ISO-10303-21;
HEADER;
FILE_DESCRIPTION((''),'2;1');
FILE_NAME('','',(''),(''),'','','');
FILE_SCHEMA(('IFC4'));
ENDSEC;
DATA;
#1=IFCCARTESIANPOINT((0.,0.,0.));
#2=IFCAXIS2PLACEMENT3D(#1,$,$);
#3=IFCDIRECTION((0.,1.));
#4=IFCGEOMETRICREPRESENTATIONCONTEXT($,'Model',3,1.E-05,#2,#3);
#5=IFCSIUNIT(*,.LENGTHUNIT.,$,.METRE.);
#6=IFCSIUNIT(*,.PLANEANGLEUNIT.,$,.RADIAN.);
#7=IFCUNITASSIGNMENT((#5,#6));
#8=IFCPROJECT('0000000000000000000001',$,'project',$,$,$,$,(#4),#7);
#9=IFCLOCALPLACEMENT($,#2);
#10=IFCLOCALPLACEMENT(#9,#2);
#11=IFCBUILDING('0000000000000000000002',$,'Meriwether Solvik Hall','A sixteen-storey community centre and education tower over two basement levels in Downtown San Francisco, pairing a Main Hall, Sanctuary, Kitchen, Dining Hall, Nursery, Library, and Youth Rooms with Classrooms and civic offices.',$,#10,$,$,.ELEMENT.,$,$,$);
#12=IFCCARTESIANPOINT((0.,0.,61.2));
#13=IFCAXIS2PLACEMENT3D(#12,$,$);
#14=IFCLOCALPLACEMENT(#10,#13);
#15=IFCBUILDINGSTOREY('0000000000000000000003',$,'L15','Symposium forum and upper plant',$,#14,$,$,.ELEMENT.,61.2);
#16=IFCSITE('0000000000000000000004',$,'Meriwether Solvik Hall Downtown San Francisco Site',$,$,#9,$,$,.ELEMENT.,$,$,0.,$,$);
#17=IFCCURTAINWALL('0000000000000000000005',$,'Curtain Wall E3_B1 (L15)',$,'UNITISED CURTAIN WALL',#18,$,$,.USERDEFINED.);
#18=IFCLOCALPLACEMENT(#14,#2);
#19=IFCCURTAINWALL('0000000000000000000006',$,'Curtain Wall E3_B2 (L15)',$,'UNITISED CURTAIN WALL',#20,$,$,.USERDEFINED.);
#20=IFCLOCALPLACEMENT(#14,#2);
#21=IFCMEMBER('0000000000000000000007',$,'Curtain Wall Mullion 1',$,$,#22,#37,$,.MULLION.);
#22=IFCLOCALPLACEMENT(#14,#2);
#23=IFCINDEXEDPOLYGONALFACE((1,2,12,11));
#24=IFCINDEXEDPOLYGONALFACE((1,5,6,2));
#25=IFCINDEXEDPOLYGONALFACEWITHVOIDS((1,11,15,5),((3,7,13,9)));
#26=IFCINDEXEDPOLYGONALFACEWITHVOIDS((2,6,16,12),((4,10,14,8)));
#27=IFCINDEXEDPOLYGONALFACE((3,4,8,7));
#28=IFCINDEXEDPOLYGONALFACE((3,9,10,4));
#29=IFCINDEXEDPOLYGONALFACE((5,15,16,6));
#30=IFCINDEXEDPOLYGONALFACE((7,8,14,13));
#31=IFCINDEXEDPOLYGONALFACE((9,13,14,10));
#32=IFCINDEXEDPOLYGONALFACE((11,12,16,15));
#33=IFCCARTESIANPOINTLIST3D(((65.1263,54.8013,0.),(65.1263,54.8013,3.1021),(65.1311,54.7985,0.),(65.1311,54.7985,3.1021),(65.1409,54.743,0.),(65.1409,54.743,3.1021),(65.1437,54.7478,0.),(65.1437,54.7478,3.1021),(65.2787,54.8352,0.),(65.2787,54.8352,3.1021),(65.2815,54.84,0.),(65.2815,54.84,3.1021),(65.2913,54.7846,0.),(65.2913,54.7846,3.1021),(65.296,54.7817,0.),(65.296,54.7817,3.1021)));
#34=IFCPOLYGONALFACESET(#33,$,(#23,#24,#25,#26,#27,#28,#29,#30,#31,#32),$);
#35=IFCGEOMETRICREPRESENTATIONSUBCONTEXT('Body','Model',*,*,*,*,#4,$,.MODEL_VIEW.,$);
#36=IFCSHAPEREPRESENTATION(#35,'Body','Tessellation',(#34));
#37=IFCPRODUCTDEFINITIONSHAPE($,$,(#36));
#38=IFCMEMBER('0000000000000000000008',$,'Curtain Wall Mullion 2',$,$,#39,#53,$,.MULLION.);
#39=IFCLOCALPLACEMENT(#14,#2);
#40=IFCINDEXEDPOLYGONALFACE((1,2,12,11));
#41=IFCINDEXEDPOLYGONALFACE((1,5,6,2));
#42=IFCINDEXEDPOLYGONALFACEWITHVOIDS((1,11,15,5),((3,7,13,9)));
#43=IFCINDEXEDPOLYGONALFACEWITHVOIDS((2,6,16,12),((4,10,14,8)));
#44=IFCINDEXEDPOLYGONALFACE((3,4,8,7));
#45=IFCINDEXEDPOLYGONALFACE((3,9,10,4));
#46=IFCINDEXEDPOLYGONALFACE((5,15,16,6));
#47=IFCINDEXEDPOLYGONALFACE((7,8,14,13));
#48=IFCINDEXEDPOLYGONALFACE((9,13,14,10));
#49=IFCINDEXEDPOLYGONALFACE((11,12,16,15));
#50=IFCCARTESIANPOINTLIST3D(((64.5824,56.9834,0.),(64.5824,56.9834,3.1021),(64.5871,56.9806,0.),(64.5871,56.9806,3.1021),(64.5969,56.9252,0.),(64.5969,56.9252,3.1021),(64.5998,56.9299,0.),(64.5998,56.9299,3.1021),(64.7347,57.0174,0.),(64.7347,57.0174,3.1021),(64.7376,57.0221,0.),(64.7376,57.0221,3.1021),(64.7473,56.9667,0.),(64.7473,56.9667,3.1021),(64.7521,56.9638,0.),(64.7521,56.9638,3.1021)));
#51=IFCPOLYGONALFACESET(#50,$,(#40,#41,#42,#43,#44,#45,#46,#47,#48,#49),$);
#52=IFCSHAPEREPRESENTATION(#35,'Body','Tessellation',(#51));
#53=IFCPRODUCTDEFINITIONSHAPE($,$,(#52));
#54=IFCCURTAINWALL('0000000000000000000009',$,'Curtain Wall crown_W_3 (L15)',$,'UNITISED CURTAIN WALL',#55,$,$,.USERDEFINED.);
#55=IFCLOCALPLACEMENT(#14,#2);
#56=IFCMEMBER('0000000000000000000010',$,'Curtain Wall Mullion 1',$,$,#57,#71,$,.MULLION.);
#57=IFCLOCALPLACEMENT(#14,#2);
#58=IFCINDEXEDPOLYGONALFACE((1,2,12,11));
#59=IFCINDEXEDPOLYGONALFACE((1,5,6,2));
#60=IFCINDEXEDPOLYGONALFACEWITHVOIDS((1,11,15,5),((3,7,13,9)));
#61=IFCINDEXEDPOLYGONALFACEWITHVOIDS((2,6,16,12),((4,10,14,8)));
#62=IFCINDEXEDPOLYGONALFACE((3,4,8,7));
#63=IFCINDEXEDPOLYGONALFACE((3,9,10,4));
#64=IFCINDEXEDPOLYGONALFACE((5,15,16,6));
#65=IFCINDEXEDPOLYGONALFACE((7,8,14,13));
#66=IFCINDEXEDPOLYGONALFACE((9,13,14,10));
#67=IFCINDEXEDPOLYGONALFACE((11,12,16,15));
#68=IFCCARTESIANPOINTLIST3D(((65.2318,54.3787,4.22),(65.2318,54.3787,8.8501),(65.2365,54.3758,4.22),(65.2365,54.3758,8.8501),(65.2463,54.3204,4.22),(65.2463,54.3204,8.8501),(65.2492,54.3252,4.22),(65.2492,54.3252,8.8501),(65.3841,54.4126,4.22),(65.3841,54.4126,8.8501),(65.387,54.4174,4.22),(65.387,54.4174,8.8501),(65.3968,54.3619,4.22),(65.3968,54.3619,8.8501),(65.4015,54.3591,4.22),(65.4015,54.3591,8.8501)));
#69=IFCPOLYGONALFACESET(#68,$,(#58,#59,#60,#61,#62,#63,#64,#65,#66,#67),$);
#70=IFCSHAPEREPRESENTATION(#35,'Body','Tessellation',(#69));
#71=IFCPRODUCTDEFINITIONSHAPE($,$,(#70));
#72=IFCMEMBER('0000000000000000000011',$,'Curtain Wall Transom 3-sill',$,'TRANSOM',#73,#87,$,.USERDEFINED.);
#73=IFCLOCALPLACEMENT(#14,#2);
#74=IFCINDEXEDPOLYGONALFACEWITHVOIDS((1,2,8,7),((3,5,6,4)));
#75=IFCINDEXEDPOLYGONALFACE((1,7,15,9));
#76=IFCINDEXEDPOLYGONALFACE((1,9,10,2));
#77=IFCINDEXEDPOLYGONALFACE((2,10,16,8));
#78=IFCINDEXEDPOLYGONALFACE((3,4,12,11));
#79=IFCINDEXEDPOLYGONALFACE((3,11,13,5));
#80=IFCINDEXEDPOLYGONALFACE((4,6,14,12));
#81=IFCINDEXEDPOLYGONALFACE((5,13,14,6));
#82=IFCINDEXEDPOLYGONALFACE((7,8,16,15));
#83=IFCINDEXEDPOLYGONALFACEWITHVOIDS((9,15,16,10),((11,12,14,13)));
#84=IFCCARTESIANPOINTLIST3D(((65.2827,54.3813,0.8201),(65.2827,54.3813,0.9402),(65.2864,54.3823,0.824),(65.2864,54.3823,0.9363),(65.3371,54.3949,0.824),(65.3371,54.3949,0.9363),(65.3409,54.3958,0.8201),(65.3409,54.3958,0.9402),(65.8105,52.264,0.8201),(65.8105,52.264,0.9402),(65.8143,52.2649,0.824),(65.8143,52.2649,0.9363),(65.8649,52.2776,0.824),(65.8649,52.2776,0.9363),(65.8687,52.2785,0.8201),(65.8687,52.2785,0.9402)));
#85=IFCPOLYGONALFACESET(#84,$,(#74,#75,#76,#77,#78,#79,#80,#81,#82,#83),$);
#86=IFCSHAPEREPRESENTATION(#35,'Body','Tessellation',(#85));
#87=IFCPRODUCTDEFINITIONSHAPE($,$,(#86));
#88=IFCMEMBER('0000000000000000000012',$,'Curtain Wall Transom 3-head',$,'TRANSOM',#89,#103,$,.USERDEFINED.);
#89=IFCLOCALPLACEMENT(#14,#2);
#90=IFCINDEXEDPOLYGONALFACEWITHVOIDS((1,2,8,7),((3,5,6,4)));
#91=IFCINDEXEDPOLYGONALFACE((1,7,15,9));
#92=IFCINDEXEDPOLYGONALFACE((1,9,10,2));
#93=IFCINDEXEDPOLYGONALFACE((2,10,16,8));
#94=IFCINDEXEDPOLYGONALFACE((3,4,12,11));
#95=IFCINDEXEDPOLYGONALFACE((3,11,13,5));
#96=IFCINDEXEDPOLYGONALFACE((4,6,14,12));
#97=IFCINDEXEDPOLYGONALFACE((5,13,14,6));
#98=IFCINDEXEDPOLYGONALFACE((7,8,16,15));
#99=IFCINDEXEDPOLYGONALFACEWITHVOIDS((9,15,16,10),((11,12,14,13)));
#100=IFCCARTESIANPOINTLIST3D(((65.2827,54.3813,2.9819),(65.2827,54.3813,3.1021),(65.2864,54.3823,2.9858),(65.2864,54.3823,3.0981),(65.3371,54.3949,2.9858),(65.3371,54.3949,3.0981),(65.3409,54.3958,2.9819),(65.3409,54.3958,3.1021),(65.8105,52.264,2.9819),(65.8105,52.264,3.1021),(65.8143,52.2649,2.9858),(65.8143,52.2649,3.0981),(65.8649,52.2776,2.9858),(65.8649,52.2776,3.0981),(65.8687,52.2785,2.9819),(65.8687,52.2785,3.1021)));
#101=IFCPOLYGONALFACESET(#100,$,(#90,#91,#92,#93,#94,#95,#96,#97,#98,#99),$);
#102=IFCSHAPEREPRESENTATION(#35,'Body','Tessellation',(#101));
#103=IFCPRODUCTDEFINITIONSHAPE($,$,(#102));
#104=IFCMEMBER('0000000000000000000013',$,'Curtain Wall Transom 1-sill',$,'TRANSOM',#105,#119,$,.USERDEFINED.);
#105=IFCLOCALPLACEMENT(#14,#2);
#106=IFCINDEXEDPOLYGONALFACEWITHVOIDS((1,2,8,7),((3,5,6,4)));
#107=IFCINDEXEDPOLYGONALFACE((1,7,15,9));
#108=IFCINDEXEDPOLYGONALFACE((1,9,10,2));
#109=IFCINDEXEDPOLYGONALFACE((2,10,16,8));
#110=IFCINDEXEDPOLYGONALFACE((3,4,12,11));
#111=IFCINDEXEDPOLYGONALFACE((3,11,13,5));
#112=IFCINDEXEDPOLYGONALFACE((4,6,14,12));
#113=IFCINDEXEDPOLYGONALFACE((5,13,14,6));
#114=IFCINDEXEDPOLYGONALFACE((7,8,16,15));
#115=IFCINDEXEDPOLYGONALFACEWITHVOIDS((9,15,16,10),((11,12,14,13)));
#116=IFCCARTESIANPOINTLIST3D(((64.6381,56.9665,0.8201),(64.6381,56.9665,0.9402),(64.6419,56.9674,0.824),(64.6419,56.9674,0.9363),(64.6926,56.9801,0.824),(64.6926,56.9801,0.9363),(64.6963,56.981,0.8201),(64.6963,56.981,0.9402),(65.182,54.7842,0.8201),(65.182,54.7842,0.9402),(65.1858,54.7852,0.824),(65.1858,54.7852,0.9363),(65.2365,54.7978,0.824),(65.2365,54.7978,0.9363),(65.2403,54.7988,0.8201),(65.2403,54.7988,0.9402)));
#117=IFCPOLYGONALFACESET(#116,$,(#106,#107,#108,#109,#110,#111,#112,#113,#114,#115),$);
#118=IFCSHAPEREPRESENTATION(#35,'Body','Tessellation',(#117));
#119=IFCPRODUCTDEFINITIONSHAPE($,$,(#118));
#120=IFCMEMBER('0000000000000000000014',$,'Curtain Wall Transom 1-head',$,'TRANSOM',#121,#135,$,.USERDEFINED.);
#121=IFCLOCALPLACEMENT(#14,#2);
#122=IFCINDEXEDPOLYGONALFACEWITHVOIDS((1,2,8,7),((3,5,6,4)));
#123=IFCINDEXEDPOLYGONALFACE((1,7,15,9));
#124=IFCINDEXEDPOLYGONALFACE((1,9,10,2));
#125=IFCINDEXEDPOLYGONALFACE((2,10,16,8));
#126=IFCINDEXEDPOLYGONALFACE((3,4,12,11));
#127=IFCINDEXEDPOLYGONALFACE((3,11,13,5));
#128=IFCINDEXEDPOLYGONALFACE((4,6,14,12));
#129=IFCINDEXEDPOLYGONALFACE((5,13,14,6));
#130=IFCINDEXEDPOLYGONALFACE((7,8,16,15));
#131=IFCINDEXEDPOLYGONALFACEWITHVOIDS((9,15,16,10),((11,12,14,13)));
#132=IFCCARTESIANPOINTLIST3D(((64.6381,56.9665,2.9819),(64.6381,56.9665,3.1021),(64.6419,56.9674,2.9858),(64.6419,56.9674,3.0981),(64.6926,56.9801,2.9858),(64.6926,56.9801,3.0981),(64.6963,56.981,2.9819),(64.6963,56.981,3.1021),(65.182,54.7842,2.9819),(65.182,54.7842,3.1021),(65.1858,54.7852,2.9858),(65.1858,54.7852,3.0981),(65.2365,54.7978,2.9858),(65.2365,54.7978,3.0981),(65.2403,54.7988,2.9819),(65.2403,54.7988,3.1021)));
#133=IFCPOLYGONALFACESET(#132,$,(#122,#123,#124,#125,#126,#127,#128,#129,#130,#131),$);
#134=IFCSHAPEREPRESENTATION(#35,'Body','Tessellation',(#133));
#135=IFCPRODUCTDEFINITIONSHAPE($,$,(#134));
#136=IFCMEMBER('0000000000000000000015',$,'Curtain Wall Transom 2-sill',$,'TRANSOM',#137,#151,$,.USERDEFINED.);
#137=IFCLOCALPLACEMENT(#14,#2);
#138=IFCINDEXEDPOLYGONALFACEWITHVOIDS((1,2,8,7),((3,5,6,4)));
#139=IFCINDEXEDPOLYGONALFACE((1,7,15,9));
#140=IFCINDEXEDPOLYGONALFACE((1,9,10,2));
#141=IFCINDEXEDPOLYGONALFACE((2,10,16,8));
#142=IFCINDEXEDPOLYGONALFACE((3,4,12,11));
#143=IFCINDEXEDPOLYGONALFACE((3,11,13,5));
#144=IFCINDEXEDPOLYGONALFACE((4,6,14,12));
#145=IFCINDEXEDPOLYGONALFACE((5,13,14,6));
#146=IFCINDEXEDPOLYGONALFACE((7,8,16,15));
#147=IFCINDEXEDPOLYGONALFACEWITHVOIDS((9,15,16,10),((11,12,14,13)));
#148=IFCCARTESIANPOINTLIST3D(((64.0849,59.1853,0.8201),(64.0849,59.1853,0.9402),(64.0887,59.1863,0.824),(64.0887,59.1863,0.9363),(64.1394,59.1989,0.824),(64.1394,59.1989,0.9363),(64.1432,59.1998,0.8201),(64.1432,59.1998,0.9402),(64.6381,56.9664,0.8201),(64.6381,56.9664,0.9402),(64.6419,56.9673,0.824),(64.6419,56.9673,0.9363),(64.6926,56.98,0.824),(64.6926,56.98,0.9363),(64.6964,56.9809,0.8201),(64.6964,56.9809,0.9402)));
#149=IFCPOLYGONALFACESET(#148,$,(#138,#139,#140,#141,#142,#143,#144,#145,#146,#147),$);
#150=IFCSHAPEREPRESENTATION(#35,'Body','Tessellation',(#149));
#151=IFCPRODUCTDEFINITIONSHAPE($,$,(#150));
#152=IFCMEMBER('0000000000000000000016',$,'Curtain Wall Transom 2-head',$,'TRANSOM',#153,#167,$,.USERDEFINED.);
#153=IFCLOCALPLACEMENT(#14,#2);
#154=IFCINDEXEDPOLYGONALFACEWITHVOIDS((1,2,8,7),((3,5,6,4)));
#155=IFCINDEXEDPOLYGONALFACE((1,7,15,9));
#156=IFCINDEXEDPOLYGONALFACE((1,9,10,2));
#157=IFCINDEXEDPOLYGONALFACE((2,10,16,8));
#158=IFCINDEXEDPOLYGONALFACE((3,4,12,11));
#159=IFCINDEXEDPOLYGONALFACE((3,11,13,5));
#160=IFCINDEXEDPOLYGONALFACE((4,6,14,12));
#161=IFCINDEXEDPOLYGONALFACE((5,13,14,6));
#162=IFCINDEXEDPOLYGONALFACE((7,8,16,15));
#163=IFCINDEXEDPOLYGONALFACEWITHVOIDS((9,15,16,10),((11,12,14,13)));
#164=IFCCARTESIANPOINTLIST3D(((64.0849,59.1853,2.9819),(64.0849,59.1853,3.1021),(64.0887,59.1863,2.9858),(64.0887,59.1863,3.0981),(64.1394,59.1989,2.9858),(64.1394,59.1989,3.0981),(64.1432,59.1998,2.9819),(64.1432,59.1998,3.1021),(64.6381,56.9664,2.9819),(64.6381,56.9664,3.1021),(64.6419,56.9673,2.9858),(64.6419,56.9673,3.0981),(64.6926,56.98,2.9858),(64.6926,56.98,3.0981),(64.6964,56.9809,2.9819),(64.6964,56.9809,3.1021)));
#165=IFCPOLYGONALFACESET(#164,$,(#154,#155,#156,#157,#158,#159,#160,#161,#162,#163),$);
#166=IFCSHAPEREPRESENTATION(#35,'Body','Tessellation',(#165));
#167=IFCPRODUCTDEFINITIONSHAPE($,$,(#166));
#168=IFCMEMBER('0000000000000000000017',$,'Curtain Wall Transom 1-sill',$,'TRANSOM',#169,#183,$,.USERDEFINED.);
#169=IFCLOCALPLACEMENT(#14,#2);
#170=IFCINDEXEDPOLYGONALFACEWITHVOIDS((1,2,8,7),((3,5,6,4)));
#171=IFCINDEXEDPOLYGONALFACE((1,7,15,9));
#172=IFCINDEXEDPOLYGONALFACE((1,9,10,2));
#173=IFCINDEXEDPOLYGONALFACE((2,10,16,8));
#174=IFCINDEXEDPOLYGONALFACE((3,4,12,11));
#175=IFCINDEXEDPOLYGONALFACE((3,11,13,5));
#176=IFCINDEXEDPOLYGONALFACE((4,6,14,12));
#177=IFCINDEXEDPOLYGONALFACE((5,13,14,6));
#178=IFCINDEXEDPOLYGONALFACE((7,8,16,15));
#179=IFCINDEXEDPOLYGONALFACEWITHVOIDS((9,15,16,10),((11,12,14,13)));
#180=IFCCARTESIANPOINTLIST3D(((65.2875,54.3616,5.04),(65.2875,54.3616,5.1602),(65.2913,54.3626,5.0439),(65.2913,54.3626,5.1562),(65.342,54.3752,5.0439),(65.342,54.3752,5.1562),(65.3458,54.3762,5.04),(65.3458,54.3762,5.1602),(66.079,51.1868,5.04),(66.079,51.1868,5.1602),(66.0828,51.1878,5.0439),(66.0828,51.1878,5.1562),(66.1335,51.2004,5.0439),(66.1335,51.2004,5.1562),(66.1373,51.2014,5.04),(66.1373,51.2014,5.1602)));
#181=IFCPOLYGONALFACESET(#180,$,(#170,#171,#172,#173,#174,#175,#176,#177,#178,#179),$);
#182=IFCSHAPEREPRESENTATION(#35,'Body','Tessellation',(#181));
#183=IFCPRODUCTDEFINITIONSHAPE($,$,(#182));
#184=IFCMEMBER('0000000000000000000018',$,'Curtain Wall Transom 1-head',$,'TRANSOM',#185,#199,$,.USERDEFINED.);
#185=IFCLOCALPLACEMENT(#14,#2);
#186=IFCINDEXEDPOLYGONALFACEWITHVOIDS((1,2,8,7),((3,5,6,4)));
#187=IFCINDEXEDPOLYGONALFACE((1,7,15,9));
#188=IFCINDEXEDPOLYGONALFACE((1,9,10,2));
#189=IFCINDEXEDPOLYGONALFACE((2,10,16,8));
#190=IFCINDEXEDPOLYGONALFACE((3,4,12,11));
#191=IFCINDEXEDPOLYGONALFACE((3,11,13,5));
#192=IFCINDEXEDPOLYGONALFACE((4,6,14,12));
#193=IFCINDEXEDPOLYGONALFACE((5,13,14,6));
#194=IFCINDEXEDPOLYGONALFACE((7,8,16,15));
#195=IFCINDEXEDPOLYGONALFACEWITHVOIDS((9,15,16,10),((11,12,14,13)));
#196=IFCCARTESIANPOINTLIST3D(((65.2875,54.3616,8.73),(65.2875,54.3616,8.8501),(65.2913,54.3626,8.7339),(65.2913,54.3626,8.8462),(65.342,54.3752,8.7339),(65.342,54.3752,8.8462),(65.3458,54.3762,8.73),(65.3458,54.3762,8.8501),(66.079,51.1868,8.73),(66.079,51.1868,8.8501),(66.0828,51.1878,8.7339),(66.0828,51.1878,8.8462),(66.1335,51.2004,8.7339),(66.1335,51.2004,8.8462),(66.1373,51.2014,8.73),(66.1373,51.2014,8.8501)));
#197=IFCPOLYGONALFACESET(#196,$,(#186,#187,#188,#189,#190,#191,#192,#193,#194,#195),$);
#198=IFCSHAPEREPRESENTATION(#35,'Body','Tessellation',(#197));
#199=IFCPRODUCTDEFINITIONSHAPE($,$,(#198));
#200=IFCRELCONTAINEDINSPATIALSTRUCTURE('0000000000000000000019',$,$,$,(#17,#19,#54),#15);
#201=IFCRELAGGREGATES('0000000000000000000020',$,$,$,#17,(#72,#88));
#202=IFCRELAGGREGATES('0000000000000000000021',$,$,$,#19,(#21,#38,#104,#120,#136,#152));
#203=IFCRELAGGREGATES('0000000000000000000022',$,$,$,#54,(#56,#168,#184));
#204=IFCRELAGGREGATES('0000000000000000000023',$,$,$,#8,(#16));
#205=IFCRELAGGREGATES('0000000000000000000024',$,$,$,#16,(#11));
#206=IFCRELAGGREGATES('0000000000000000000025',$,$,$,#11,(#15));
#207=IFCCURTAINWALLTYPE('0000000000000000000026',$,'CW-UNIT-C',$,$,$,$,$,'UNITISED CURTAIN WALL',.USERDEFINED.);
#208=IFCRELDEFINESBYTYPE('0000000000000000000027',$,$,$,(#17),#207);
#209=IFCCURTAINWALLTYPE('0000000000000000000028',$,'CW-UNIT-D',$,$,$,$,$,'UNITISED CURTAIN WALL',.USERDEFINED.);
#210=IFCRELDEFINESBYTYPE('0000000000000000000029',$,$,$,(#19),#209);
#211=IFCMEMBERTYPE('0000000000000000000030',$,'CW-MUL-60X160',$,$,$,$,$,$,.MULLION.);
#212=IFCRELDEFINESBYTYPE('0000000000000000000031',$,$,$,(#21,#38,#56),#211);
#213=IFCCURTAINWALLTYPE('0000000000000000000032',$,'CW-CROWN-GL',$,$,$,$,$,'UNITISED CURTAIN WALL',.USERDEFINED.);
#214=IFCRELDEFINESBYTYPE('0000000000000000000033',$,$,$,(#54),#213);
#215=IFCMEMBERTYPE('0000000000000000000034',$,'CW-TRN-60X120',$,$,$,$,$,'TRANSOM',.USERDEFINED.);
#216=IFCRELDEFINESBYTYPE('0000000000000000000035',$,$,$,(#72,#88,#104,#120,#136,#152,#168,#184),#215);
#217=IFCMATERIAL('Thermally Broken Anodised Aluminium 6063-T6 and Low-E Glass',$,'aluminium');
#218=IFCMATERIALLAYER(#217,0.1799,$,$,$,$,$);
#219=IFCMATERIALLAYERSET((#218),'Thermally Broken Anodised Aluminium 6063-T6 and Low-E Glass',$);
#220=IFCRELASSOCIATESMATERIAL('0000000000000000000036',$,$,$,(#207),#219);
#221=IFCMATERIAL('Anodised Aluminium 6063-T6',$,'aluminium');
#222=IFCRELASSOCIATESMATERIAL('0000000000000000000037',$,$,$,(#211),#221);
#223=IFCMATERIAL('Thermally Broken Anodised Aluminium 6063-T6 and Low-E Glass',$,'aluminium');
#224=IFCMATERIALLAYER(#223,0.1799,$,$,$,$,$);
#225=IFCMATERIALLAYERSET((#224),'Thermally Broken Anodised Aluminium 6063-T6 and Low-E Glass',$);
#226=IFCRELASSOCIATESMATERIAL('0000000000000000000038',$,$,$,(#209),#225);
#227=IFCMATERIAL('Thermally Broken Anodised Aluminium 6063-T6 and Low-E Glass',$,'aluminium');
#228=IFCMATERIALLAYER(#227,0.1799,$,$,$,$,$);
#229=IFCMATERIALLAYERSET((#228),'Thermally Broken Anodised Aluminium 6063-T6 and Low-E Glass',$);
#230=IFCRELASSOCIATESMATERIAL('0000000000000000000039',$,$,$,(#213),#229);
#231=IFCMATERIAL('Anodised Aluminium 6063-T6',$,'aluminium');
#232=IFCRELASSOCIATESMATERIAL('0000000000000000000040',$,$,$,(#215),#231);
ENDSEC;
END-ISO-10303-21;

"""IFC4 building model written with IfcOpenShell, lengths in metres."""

from ifc_helpers import new_model, si_unit, direction, frame, origin, origin_2d, place, context, subcontext, project, spatial, hollow_rectangle, extrude, material, layer, layer_set, material_profile, profile_set, type_object, element, aggregate, save


model = new_model("IFC4")

# Units and contexts
model_context = context("Model", 3, precision=1e-05, world=origin(), true_north=direction((0.0, 1.0)))
body_context = subcontext(model_context, "Body", "Model", "MODEL_VIEW")
ifc_project = project(units=[si_unit("LENGTHUNIT", "METRE"), si_unit("PLANEANGLEUNIT", "RADIAN")], contexts=[model_context])

# Site, building, storey
site_placement = place(None, origin())
site = spatial("IfcSite", under=ifc_project, at=site_placement, Name="Meriwether Solvik Hall Downtown San Francisco Site", CompositionType="ELEMENT", RefElevation=0.0)
building_placement = place(site_placement, origin())
building = spatial("IfcBuilding", under=site, at=building_placement, Name="Meriwether Solvik Hall", Description="A sixteen-storey community centre and education tower over two basement levels in Downtown San Francisco, pairing a Main Hall, Sanctuary, Kitchen, Dining Hall, Nursery, Library, and Youth Rooms with Classrooms and civic offices.", CompositionType="ELEMENT")
storey_placement = place(building_placement, frame((0.0, 0.0, 61.2)))
storey = spatial("IfcBuildingStorey", under=building, at=storey_placement, Name="L15", Description="Symposium forum and upper plant", CompositionType="ELEMENT", Elevation=61.2)

# Curtain walls, members
ifc_material_1 = material(Name="Thermally Broken Anodised Aluminium 6063-T6 and Low-E Glass", Category="aluminium")
ifc_layer_1 = layer(ifc_material_1, 0.1799)
ifc_layer_set_1 = layer_set([ifc_layer_1], Name="Thermally Broken Anodised Aluminium 6063-T6 and Low-E Glass")
curtain_wall_type_1 = type_object("IfcCurtainWallType", Name="CW-UNIT-C", ElementType="UNITISED CURTAIN WALL", PredefinedType="USERDEFINED", material=ifc_layer_set_1)
curtain_wall_1_placement = place(storey_placement, origin())
curtain_wall_1 = element("IfcCurtainWall", 1, at=curtain_wall_1_placement, inside=storey, type_object=curtain_wall_type_1, Name="Curtain Wall E3_B1 (L15)", ObjectType="UNITISED CURTAIN WALL", PredefinedType="USERDEFINED")
ifc_material_2 = material(Name="Anodised Aluminium 6063-T6", Category="aluminium")
ifc_material_profile_1 = material_profile(ifc_material_2, hollow_rectangle(XDim=0.0601, YDim=0.1599, WallThickness=0.0039, at=origin_2d()), Name="CWM-60X160")
ifc_profile_set_1 = profile_set([ifc_material_profile_1], Name="Anodised Aluminium 6063-T6")
member_type_1 = type_object("IfcMemberType", Name="CW-MUL-60X160", PredefinedType="MULLION", material=ifc_profile_set_1)
ifc_material_3 = material(Name="Thermally Broken Anodised Aluminium 6063-T6 and Low-E Glass", Category="aluminium")
ifc_layer_2 = layer(ifc_material_3, 0.1799)
ifc_layer_set_2 = layer_set([ifc_layer_2], Name="Thermally Broken Anodised Aluminium 6063-T6 and Low-E Glass")
curtain_wall_type_2 = type_object("IfcCurtainWallType", Name="CW-UNIT-D", ElementType="UNITISED CURTAIN WALL", PredefinedType="USERDEFINED", material=ifc_layer_set_2)
curtain_wall_2_placement = place(storey_placement, origin())
curtain_wall_2 = element("IfcCurtainWall", 2, at=curtain_wall_2_placement, inside=storey, type_object=curtain_wall_type_2, Name="Curtain Wall E3_B2 (L15)", ObjectType="UNITISED CURTAIN WALL", PredefinedType="USERDEFINED")
member_1_placement = place(storey_placement, frame((65.2112, 54.7915, 0.0), z_axis=(0.0, 0.0, 1.0), x_axis=(-0.241922, 0.970296, 0.0)))
member_1 = element("IfcMember", 3, at=member_1_placement, type_object=member_type_1, Name="Curtain Wall Mullion 1", PredefinedType="MULLION", context=body_context, shape_type="SweptSolid", body=[
    extrude(hollow_rectangle(XDim=0.0601, YDim=0.1599, WallThickness=0.0039, at=origin_2d()), origin(), (0.0, 0.0, 1.0), 3.1021),
])
member_2_placement = place(storey_placement, frame((64.6672, 56.9736, 0.0), z_axis=(0.0, 0.0, 1.0), x_axis=(-0.241922, 0.970296, 0.0)))
member_2 = element("IfcMember", 4, at=member_2_placement, type_object=member_type_1, Name="Curtain Wall Mullion 2", PredefinedType="MULLION", context=body_context, shape_type="SweptSolid", body=[
    extrude(hollow_rectangle(XDim=0.0601, YDim=0.1599, WallThickness=0.0039, at=origin_2d()), origin(), (0.0, 0.0, 1.0), 3.1021),
])

# Curtain wall, member
ifc_material_4 = material(Name="Thermally Broken Anodised Aluminium 6063-T6 and Low-E Glass", Category="aluminium")
ifc_layer_3 = layer(ifc_material_4, 0.1799)
ifc_layer_set_3 = layer_set([ifc_layer_3], Name="Thermally Broken Anodised Aluminium 6063-T6 and Low-E Glass")
curtain_wall_type_3 = type_object("IfcCurtainWallType", Name="CW-CROWN-GL", ElementType="UNITISED CURTAIN WALL", PredefinedType="USERDEFINED", material=ifc_layer_set_3)
curtain_wall_3_placement = place(storey_placement, origin())
curtain_wall_3 = element("IfcCurtainWall", 5, at=curtain_wall_3_placement, inside=storey, type_object=curtain_wall_type_3, Name="Curtain Wall crown_W_3 (L15)", ObjectType="UNITISED CURTAIN WALL", PredefinedType="USERDEFINED")
member_3_placement = place(storey_placement, frame((65.3167, 54.3689, 4.22), z_axis=(0.0, 0.0, 1.0), x_axis=(0.241923, -0.970295, 0.0)))
member_3 = element("IfcMember", 6, at=member_3_placement, type_object=member_type_1, Name="Curtain Wall Mullion 1", PredefinedType="MULLION", context=body_context, shape_type="SweptSolid", body=[
    extrude(hollow_rectangle(XDim=0.0601, YDim=0.1599, WallThickness=0.0039, at=origin_2d()), origin(), (0.0, 0.0, 1.0), 4.6301),
])

# Members
ifc_material_5 = material(Name="Anodised Aluminium 6063-T6", Category="aluminium")
ifc_material_profile_2 = material_profile(ifc_material_5, hollow_rectangle(XDim=0.0601, YDim=0.1201, WallThickness=0.0039, at=origin_2d()), Name="CWT-60X120")
ifc_profile_set_2 = profile_set([ifc_material_profile_2], Name="Anodised Aluminium 6063-T6")
member_type_2 = type_object("IfcMemberType", Name="CW-TRN-60X120", ElementType="TRANSOM", PredefinedType="USERDEFINED", material=ifc_profile_set_2)
member_4_placement = place(storey_placement, frame((65.8396, 52.2712, 0.8801), z_axis=(-0.241877, 0.970307, 0.0), x_axis=(-0.970307, -0.241877, 0.0)))
member_4 = element("IfcMember", 7, at=member_4_placement, type_object=member_type_2, Name="Curtain Wall Transom 3-sill", ObjectType="TRANSOM", PredefinedType="USERDEFINED", context=body_context, shape_type="SweptSolid", body=[
    extrude(hollow_rectangle(XDim=0.0601, YDim=0.1201, WallThickness=0.0039, at=origin_2d()), origin(), (0.0, 0.0, 1.0), 2.1821),
])
member_5_placement = place(storey_placement, frame((65.8396, 52.2712, 3.042), z_axis=(-0.241877, 0.970307, 0.0), x_axis=(-0.970307, -0.241877, 0.0)))
member_5 = element("IfcMember", 8, at=member_5_placement, type_object=member_type_2, Name="Curtain Wall Transom 3-head", ObjectType="TRANSOM", PredefinedType="USERDEFINED", context=body_context, shape_type="SweptSolid", body=[
    extrude(hollow_rectangle(XDim=0.0601, YDim=0.1201, WallThickness=0.0039, at=origin_2d()), origin(), (0.0, 0.0, 1.0), 2.1821),
])
member_6_placement = place(storey_placement, frame((65.2112, 54.7915, 0.8801), z_axis=(-0.241871, 0.970308, 0.0), x_axis=(-0.970308, -0.241871, 0.0)))
member_6 = element("IfcMember", 9, at=member_6_placement, type_object=member_type_2, Name="Curtain Wall Transom 1-sill", ObjectType="TRANSOM", PredefinedType="USERDEFINED", context=body_context, shape_type="SweptSolid", body=[
    extrude(hollow_rectangle(XDim=0.0601, YDim=0.1201, WallThickness=0.0039, at=origin_2d()), origin(), (0.0, 0.0, 1.0), 2.249),
])
member_7_placement = place(storey_placement, frame((65.2112, 54.7915, 3.042), z_axis=(-0.241871, 0.970308, 0.0), x_axis=(-0.970308, -0.241871, 0.0)))
member_7 = element("IfcMember", 10, at=member_7_placement, type_object=member_type_2, Name="Curtain Wall Transom 1-head", ObjectType="TRANSOM", PredefinedType="USERDEFINED", context=body_context, shape_type="SweptSolid", body=[
    extrude(hollow_rectangle(XDim=0.0601, YDim=0.1201, WallThickness=0.0039, at=origin_2d()), origin(), (0.0, 0.0, 1.0), 2.249),
])
member_8_placement = place(storey_placement, frame((64.6672, 56.9736, 0.8801), z_axis=(-0.241908, 0.970299, 0.0), x_axis=(-0.970299, -0.241908, 0.0)))
member_8 = element("IfcMember", 11, at=member_8_placement, type_object=member_type_2, Name="Curtain Wall Transom 2-sill", ObjectType="TRANSOM", PredefinedType="USERDEFINED", context=body_context, shape_type="SweptSolid", body=[
    extrude(hollow_rectangle(XDim=0.0601, YDim=0.1201, WallThickness=0.0039, at=origin_2d()), origin(), (0.0, 0.0, 1.0), 2.2869),
])
member_9_placement = place(storey_placement, frame((64.6672, 56.9736, 3.042), z_axis=(-0.241908, 0.970299, 0.0), x_axis=(-0.970299, -0.241908, 0.0)))
member_9 = element("IfcMember", 12, at=member_9_placement, type_object=member_type_2, Name="Curtain Wall Transom 2-head", ObjectType="TRANSOM", PredefinedType="USERDEFINED", context=body_context, shape_type="SweptSolid", body=[
    extrude(hollow_rectangle(XDim=0.0601, YDim=0.1201, WallThickness=0.0039, at=origin_2d()), origin(), (0.0, 0.0, 1.0), 2.2869),
])
member_10_placement = place(storey_placement, frame((65.3167, 54.3689, 5.1001), z_axis=(0.241904, -0.9703, 0.0), x_axis=(0.9703, 0.241904, 0.0)))
member_10 = element("IfcMember", 13, at=member_10_placement, type_object=member_type_2, Name="Curtain Wall Transom 1-sill", ObjectType="TRANSOM", PredefinedType="USERDEFINED", context=body_context, shape_type="SweptSolid", body=[
    extrude(hollow_rectangle(XDim=0.0601, YDim=0.1201, WallThickness=0.0039, at=origin_2d()), origin(), (0.0, 0.0, 1.0), 3.272),
])
member_11_placement = place(storey_placement, frame((65.3167, 54.3689, 8.79), z_axis=(0.241904, -0.9703, 0.0), x_axis=(0.9703, 0.241904, 0.0)))
member_11 = element("IfcMember", 14, at=member_11_placement, type_object=member_type_2, Name="Curtain Wall Transom 1-head", ObjectType="TRANSOM", PredefinedType="USERDEFINED", context=body_context, shape_type="SweptSolid", body=[
    extrude(hollow_rectangle(XDim=0.0601, YDim=0.1201, WallThickness=0.0039, at=origin_2d()), origin(), (0.0, 0.0, 1.0), 3.272),
])

aggregate(curtain_wall_1, [member_4, member_5])
aggregate(curtain_wall_2, [member_1, member_2, member_6, member_7, member_8, member_9])
aggregate(curtain_wall_3, [member_3, member_10, member_11])

save(model, "model.ifc")
